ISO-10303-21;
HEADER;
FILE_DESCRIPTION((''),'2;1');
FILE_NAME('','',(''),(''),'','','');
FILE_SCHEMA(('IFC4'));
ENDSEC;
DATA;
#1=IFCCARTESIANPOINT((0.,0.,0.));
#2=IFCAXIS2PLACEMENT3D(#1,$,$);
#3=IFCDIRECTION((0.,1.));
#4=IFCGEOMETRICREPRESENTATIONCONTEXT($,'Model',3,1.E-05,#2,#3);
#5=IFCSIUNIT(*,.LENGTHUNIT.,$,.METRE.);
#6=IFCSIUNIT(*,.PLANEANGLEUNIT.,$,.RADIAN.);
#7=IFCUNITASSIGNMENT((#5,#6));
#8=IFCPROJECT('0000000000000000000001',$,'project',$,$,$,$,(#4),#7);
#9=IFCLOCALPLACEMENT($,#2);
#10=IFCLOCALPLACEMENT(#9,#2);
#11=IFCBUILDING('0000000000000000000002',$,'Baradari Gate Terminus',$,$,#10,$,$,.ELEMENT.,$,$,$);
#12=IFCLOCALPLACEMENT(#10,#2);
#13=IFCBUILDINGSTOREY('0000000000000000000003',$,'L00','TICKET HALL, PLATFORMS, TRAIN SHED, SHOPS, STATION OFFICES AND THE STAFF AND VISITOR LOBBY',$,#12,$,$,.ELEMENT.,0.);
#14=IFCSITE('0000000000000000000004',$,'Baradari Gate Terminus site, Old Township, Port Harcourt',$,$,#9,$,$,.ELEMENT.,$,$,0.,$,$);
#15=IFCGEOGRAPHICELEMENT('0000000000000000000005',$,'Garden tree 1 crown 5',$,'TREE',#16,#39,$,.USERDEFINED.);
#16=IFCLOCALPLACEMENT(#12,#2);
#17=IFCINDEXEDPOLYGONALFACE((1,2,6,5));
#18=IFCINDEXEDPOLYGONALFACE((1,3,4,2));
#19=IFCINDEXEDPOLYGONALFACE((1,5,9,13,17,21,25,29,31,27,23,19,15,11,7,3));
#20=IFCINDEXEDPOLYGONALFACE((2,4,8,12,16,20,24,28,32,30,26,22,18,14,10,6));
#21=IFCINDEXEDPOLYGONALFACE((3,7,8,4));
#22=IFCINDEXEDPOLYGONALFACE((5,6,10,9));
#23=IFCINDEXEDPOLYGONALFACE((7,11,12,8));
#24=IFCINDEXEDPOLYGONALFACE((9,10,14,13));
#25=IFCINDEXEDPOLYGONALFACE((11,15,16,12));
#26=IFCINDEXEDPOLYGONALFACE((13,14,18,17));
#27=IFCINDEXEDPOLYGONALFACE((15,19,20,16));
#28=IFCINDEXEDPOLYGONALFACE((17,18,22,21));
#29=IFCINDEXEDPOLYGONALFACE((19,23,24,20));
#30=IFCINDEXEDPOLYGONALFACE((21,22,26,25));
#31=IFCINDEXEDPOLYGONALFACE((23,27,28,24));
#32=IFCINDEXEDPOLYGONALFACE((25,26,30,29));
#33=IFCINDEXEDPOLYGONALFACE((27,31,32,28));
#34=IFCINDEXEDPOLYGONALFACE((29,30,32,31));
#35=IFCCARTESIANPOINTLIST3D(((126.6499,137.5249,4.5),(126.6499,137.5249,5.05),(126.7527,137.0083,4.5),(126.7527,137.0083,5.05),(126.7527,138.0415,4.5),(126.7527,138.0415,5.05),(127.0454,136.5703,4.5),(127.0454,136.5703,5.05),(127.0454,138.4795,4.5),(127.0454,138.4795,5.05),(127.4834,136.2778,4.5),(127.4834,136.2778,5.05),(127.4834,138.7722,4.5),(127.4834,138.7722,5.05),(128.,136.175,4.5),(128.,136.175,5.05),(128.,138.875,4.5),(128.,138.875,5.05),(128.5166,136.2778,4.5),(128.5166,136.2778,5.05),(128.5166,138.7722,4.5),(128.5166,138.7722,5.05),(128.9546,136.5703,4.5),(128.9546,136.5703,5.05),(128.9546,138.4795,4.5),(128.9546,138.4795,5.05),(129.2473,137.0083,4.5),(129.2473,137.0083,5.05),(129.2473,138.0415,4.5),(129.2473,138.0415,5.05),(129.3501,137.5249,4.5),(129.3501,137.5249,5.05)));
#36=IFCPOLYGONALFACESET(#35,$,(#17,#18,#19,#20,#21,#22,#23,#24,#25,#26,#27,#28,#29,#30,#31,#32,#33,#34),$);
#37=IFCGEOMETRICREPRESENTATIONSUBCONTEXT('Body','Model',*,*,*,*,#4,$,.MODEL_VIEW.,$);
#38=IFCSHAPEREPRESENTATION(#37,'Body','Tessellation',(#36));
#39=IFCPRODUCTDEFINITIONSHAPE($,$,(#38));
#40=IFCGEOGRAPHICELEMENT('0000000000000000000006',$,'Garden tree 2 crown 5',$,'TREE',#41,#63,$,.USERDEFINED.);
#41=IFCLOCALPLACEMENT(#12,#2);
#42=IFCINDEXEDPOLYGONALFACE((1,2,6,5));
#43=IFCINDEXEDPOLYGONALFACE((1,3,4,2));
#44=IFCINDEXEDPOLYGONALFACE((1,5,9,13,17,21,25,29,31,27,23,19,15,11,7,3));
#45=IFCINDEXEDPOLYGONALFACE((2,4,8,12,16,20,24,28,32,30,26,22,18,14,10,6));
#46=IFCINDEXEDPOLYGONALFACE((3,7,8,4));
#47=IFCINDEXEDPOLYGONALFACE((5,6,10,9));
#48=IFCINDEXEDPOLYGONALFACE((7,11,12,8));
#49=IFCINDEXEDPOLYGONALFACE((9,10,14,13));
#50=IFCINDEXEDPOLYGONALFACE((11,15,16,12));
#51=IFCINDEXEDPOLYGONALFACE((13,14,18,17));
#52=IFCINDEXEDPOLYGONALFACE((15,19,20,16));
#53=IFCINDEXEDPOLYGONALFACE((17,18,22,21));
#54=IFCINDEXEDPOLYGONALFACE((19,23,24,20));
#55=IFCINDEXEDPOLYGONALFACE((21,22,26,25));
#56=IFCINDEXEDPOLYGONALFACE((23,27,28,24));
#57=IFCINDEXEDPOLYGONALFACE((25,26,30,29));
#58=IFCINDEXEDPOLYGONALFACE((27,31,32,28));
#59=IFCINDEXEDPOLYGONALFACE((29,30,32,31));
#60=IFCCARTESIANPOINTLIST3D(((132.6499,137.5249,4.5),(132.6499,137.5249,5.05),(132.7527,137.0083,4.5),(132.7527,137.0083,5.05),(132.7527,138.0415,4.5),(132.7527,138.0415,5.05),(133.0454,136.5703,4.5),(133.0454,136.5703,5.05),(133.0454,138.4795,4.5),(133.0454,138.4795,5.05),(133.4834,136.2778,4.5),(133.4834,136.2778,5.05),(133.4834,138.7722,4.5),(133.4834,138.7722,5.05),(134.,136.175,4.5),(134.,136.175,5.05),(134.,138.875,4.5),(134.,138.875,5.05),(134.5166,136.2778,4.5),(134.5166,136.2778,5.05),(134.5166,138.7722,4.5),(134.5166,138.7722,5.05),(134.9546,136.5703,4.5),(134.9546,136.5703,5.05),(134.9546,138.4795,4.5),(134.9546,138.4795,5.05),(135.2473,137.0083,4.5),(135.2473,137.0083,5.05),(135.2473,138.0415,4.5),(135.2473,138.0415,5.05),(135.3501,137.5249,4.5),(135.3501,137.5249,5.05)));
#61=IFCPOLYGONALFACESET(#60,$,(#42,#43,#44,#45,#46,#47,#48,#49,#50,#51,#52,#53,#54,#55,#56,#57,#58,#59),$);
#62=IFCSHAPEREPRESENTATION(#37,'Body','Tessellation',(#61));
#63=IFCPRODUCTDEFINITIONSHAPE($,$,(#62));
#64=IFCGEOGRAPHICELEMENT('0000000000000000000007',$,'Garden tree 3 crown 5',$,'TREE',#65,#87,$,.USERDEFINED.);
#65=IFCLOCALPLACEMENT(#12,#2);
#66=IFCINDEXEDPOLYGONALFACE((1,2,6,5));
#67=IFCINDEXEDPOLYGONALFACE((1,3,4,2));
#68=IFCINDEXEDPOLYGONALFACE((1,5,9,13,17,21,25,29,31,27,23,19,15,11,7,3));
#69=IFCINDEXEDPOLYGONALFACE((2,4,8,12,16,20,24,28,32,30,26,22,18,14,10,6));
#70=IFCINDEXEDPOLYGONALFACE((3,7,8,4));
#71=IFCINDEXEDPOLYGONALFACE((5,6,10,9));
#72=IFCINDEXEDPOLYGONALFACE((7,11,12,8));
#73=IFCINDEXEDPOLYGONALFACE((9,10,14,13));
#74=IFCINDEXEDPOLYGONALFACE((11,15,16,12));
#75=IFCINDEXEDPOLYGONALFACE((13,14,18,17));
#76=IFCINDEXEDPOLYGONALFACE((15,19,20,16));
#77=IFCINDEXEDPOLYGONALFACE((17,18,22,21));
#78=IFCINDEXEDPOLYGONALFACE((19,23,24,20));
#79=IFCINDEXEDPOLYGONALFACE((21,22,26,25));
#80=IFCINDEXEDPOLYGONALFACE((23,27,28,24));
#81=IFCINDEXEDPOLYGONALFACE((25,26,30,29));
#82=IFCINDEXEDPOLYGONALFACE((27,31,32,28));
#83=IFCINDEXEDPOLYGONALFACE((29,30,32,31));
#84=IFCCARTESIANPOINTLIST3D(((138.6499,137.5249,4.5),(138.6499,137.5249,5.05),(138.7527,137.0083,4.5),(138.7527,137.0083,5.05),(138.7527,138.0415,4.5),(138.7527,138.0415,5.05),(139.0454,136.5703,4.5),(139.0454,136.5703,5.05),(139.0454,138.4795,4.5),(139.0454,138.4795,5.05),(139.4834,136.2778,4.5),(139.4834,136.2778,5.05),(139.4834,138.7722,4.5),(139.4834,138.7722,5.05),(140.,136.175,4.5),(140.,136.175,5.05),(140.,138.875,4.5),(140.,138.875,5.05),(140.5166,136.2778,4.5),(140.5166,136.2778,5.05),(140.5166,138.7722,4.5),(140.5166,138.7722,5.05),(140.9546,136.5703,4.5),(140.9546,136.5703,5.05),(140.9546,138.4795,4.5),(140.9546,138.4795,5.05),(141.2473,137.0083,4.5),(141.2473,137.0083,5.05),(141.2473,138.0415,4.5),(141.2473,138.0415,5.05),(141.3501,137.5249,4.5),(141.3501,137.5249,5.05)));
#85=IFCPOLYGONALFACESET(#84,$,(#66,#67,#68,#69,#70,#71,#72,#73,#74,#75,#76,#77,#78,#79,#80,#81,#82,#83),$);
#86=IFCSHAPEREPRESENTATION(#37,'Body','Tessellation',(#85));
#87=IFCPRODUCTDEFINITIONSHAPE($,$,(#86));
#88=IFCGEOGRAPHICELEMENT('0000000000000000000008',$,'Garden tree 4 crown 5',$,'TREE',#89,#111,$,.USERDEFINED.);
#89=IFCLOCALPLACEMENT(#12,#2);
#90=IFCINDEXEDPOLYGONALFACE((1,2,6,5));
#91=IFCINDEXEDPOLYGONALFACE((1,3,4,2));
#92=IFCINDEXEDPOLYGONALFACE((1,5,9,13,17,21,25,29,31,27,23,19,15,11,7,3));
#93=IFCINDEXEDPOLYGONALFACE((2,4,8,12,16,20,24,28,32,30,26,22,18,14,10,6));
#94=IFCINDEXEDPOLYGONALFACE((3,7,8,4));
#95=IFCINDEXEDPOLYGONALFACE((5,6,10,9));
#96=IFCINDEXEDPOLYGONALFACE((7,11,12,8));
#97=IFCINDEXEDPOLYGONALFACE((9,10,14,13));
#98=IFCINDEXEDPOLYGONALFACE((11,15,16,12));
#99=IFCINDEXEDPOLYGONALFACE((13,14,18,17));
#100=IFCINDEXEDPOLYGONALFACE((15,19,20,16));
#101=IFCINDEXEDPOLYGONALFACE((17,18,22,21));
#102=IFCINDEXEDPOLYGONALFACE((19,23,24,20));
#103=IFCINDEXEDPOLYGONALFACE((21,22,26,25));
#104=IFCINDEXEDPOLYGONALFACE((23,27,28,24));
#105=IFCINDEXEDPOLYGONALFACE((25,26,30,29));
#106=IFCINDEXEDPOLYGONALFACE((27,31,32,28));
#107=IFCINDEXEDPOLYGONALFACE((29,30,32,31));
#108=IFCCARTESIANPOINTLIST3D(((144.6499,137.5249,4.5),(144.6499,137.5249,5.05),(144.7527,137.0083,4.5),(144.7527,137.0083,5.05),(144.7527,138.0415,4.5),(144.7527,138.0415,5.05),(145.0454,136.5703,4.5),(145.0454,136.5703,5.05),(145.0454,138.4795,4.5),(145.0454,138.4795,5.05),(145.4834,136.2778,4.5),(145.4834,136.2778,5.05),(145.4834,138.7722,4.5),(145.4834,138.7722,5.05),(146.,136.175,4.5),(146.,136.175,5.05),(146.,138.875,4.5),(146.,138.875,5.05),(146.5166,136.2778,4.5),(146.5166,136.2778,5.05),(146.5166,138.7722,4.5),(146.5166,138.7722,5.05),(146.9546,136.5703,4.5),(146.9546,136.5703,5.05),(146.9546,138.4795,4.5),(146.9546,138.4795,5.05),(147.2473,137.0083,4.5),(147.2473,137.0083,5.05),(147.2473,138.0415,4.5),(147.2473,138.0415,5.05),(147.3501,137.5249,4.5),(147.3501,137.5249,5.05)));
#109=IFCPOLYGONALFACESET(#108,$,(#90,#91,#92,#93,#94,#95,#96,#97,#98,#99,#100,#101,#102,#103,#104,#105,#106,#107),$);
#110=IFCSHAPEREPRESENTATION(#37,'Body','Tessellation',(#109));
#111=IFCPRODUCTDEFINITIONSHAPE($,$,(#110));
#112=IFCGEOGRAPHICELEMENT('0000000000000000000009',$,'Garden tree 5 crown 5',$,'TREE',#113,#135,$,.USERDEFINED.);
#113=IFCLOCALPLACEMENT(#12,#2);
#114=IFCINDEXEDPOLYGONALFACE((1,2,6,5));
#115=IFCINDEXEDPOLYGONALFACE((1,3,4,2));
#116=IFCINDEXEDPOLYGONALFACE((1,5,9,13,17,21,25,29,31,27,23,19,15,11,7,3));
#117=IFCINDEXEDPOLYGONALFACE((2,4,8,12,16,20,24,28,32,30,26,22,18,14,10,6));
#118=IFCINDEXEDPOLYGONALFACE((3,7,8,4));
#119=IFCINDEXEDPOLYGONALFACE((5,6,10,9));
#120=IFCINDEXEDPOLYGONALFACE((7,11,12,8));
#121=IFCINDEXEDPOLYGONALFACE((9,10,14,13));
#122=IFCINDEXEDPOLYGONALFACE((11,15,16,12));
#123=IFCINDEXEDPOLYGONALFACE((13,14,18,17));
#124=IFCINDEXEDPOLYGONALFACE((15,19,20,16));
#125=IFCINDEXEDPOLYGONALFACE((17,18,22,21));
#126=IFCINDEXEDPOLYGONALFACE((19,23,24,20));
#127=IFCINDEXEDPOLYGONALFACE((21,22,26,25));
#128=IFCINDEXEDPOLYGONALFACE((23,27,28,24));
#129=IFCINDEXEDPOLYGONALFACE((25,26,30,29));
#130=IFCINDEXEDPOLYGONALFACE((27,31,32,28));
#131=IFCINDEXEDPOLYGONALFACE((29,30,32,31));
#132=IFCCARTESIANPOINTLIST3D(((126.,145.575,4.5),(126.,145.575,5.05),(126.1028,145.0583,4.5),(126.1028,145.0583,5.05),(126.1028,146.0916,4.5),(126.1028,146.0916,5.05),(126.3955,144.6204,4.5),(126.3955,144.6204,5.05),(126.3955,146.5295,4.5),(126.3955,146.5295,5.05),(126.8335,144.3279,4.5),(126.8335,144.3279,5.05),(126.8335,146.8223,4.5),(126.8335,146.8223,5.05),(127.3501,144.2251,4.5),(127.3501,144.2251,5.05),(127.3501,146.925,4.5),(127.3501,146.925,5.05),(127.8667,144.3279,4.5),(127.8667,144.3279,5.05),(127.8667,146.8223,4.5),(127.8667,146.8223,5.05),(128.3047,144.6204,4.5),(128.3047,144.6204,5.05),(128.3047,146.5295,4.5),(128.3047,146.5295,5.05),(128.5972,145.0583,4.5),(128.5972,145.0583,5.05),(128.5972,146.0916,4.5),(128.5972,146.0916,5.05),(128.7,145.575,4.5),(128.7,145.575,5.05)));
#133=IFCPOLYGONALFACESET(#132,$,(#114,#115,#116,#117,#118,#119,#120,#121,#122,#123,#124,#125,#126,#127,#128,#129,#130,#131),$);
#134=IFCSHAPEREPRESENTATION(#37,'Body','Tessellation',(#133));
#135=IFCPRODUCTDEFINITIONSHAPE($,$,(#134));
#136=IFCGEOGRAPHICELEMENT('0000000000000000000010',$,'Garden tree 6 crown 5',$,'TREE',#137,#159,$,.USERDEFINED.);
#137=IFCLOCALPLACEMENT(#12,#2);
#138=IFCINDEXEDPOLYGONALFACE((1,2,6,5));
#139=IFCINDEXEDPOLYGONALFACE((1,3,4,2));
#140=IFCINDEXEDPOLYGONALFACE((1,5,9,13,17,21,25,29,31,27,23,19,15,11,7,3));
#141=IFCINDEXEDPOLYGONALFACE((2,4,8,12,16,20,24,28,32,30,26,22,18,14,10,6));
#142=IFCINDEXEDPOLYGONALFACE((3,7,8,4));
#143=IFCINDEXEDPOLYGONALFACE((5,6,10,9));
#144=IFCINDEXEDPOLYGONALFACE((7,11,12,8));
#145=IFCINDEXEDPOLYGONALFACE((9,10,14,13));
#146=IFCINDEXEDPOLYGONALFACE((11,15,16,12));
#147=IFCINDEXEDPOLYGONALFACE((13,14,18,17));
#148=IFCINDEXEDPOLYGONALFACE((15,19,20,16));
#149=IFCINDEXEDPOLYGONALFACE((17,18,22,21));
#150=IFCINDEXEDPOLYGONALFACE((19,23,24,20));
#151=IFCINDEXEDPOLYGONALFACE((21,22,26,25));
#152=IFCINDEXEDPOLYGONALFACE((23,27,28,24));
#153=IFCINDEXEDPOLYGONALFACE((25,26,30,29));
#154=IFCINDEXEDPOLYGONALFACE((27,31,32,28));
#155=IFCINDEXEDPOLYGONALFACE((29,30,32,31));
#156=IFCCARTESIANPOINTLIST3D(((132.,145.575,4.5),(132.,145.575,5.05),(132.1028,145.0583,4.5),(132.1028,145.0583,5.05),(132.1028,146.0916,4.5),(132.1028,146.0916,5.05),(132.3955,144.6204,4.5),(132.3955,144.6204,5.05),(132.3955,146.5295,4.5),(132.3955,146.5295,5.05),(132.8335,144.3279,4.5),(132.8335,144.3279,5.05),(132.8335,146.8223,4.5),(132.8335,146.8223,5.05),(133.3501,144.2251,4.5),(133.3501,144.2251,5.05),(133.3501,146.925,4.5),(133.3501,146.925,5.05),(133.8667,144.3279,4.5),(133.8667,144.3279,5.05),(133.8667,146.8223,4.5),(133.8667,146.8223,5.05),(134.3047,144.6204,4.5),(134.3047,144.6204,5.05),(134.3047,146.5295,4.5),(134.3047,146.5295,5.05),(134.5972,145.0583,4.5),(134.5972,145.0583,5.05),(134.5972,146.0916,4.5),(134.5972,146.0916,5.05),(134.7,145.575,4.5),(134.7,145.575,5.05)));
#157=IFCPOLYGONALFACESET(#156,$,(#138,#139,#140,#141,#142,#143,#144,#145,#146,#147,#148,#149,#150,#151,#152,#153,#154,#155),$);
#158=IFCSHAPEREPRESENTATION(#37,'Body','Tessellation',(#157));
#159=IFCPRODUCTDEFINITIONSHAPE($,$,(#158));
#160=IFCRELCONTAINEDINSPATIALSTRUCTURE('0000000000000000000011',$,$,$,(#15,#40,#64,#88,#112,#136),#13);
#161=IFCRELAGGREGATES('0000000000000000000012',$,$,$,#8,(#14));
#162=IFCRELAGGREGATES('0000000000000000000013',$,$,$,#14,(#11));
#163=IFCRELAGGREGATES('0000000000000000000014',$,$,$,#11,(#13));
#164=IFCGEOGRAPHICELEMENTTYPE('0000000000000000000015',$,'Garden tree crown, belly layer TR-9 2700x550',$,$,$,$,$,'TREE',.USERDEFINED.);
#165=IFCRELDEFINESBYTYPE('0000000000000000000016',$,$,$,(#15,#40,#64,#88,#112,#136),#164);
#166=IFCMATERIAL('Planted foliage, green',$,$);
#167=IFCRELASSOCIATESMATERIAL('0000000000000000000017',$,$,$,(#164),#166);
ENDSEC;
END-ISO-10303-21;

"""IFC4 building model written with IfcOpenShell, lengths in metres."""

from ifc_helpers import new_model, si_unit, direction, frame, origin, place, context, subcontext, project, spatial, polyline, outline, extrude, material, type_object, element, save


model = new_model("IFC4")

# Units and contexts
model_context = context("Model", 3, precision=1e-05, world=origin(), true_north=direction((0.0, 1.0)))
body_context = subcontext(model_context, "Body", "Model", "MODEL_VIEW")
ifc_project = project(units=[si_unit("LENGTHUNIT", "METRE"), si_unit("PLANEANGLEUNIT", "RADIAN")], contexts=[model_context])

# Site, building, storey
site_placement = place(None, origin())
site = spatial("IfcSite", under=ifc_project, at=site_placement, Name="Baradari Gate Terminus site, Old Township, Port Harcourt", CompositionType="ELEMENT", RefElevation=0.0)
building_placement = place(site_placement, origin())
building = spatial("IfcBuilding", under=site, at=building_placement, Name="Baradari Gate Terminus", CompositionType="ELEMENT")
storey_placement = place(building_placement, origin())
storey = spatial("IfcBuildingStorey", under=building, at=storey_placement, Name="L00", Description="TICKET HALL, PLATFORMS, TRAIN SHED, SHOPS, STATION OFFICES AND THE STAFF AND VISITOR LOBBY", CompositionType="ELEMENT", Elevation=0.0)

# Geographic elements
ifc_material_1 = material(Name="Planted foliage, green")
geographic_element_type_1 = type_object("IfcGeographicElementType", Name="Garden tree crown, belly layer TR-9 2700x550", ElementType="TREE", PredefinedType="USERDEFINED", material=ifc_material_1)
geographic_element_1_placement = place(storey_placement, frame((0.0, 0.0, 4.5)))
element("IfcGeographicElement", 1, at=geographic_element_1_placement, inside=storey, type_object=geographic_element_type_1, Name="Garden tree 1 crown 5", ObjectType="TREE", PredefinedType="USERDEFINED", context=body_context, shape_type="SweptSolid", body=[
    extrude(outline(polyline([(129.3501, 137.5249), (129.2473, 138.0415), (128.9546, 138.4795), (128.5166, 138.7722), (128.0, 138.875), (127.4834, 138.7722), (127.0454, 138.4795), (126.7527, 138.0415), (126.6499, 137.5249), (126.7527, 137.0083), (127.0454, 136.5703), (127.4834, 136.2778), (128.0, 136.175), (128.5166, 136.2778), (128.9546, 136.5703), (129.2473, 137.0083), (129.3501, 137.5249)])), origin(), (0.0, 0.0, 1.0), 0.55),
])
geographic_element_2_placement = place(storey_placement, frame((0.0, 0.0, 4.5)))
element("IfcGeographicElement", 2, at=geographic_element_2_placement, inside=storey, type_object=geographic_element_type_1, Name="Garden tree 2 crown 5", ObjectType="TREE", PredefinedType="USERDEFINED", context=body_context, shape_type="SweptSolid", body=[
    extrude(outline(polyline([(135.3501, 137.5249), (135.2473, 138.0415), (134.9546, 138.4795), (134.5166, 138.7722), (134.0, 138.875), (133.4834, 138.7722), (133.0454, 138.4795), (132.7527, 138.0415), (132.6499, 137.5249), (132.7527, 137.0083), (133.0454, 136.5703), (133.4834, 136.2778), (134.0, 136.175), (134.5166, 136.2778), (134.9546, 136.5703), (135.2473, 137.0083), (135.3501, 137.5249)])), origin(), (0.0, 0.0, 1.0), 0.55),
])
geographic_element_3_placement = place(storey_placement, frame((0.0, 0.0, 4.5)))
element("IfcGeographicElement", 3, at=geographic_element_3_placement, inside=storey, type_object=geographic_element_type_1, Name="Garden tree 3 crown 5", ObjectType="TREE", PredefinedType="USERDEFINED", context=body_context, shape_type="SweptSolid", body=[
    extrude(outline(polyline([(141.3501, 137.5249), (141.2473, 138.0415), (140.9546, 138.4795), (140.5166, 138.7722), (140.0, 138.875), (139.4834, 138.7722), (139.0454, 138.4795), (138.7527, 138.0415), (138.6499, 137.5249), (138.7527, 137.0083), (139.0454, 136.5703), (139.4834, 136.2778), (140.0, 136.175), (140.5166, 136.2778), (140.9546, 136.5703), (141.2473, 137.0083), (141.3501, 137.5249)])), origin(), (0.0, 0.0, 1.0), 0.55),
])
geographic_element_4_placement = place(storey_placement, frame((0.0, 0.0, 4.5)))
element("IfcGeographicElement", 4, at=geographic_element_4_placement, inside=storey, type_object=geographic_element_type_1, Name="Garden tree 4 crown 5", ObjectType="TREE", PredefinedType="USERDEFINED", context=body_context, shape_type="SweptSolid", body=[
    extrude(outline(polyline([(147.3501, 137.5249), (147.2473, 138.0415), (146.9546, 138.4795), (146.5166, 138.7722), (146.0, 138.875), (145.4834, 138.7722), (145.0454, 138.4795), (144.7527, 138.0415), (144.6499, 137.5249), (144.7527, 137.0083), (145.0454, 136.5703), (145.4834, 136.2778), (146.0, 136.175), (146.5166, 136.2778), (146.9546, 136.5703), (147.2473, 137.0083), (147.3501, 137.5249)])), origin(), (0.0, 0.0, 1.0), 0.55),
])
geographic_element_5_placement = place(storey_placement, frame((0.0, 0.0, 4.5)))
element("IfcGeographicElement", 5, at=geographic_element_5_placement, inside=storey, type_object=geographic_element_type_1, Name="Garden tree 5 crown 5", ObjectType="TREE", PredefinedType="USERDEFINED", context=body_context, shape_type="SweptSolid", body=[
    extrude(outline(polyline([(128.7, 145.575), (128.5972, 146.0916), (128.3047, 146.5295), (127.8667, 146.8223), (127.3501, 146.925), (126.8335, 146.8223), (126.3955, 146.5295), (126.1028, 146.0916), (126.0, 145.575), (126.1028, 145.0583), (126.3955, 144.6204), (126.8335, 144.3279), (127.3501, 144.2251), (127.8667, 144.3279), (128.3047, 144.6204), (128.5972, 145.0583), (128.7, 145.575)])), origin(), (0.0, 0.0, 1.0), 0.55),
])
geographic_element_6_placement = place(storey_placement, frame((0.0, 0.0, 4.5)))
element("IfcGeographicElement", 6, at=geographic_element_6_placement, inside=storey, type_object=geographic_element_type_1, Name="Garden tree 6 crown 5", ObjectType="TREE", PredefinedType="USERDEFINED", context=body_context, shape_type="SweptSolid", body=[
    extrude(outline(polyline([(134.7, 145.575), (134.5972, 146.0916), (134.3047, 146.5295), (133.8667, 146.8223), (133.3501, 146.925), (132.8335, 146.8223), (132.3955, 146.5295), (132.1028, 146.0916), (132.0, 145.575), (132.1028, 145.0583), (132.3955, 144.6204), (132.8335, 144.3279), (133.3501, 144.2251), (133.8667, 144.3279), (134.3047, 144.6204), (134.5972, 145.0583), (134.7, 145.575)])), origin(), (0.0, 0.0, 1.0), 0.55),
])

save(model, "model.ifc")
